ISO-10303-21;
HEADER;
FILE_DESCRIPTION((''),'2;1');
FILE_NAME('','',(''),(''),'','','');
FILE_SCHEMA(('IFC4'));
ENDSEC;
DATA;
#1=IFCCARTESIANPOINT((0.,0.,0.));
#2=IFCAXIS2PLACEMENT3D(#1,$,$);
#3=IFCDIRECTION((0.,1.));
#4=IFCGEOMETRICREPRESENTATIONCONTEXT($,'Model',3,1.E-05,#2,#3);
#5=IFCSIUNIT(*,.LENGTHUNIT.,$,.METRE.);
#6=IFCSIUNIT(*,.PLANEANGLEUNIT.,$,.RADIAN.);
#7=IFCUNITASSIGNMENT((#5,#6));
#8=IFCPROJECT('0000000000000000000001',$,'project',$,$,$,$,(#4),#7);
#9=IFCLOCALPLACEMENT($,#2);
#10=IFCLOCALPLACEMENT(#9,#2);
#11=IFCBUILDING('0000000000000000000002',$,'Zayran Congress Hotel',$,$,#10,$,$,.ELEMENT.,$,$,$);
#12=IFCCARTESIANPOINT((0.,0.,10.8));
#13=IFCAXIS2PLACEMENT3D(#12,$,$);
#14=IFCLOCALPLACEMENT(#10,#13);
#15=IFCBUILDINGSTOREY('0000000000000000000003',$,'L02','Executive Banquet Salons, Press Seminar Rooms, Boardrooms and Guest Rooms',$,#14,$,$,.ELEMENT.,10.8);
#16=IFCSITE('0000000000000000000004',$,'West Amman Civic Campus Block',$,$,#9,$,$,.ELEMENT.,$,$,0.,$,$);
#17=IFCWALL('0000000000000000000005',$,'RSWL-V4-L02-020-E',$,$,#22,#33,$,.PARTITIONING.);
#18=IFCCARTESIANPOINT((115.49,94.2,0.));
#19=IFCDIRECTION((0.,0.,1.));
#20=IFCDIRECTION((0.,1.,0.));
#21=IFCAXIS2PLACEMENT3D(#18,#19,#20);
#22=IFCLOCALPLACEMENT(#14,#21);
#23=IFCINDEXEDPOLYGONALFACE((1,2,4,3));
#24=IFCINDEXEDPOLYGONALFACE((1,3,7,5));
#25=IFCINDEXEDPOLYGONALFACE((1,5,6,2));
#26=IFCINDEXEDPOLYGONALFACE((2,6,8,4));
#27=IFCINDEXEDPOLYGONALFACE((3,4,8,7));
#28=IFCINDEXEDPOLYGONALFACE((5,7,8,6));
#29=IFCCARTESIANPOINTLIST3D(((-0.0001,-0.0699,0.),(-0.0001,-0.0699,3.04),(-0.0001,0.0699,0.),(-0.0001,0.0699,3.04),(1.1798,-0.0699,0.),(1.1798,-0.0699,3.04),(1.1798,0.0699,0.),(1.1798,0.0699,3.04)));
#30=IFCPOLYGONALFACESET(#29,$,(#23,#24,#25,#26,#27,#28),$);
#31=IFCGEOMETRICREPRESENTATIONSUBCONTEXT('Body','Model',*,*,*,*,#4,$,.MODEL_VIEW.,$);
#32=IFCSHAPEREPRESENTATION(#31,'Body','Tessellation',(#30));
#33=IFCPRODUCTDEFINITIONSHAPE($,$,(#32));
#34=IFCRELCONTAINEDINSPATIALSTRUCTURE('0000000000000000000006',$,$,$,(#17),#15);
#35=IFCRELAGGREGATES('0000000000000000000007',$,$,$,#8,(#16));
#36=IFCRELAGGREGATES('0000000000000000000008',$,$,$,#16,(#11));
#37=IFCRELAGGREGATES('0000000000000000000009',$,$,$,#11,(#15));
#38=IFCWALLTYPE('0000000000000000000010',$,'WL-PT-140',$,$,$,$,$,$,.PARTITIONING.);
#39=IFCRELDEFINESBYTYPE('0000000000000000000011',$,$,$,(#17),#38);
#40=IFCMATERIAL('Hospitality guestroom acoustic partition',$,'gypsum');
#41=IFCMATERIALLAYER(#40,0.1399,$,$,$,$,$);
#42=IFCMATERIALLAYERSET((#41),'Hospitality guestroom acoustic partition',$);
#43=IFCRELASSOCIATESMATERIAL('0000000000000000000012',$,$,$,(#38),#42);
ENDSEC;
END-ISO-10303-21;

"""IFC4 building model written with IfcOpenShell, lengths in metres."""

from ifc_helpers import new_model, si_unit, direction, frame, frame_2d, origin, place, context, subcontext, project, spatial, rectangle, extrude, material, layer, layer_set, type_object, element, save


model = new_model("IFC4")

# Units and contexts
model_context = context("Model", 3, precision=1e-05, world=origin(), true_north=direction((0.0, 1.0)))
body_context = subcontext(model_context, "Body", "Model", "MODEL_VIEW")
ifc_project = project(units=[si_unit("LENGTHUNIT", "METRE"), si_unit("PLANEANGLEUNIT", "RADIAN")], contexts=[model_context])

# Site, building, storey
site_placement = place(None, origin())
site = spatial("IfcSite", under=ifc_project, at=site_placement, Name="West Amman Civic Campus Block", CompositionType="ELEMENT", RefElevation=0.0)
building_placement = place(site_placement, origin())
building = spatial("IfcBuilding", under=site, at=building_placement, Name="Zayran Congress Hotel", CompositionType="ELEMENT")
storey_placement = place(building_placement, frame((0.0, 0.0, 10.8)))
storey = spatial("IfcBuildingStorey", under=building, at=storey_placement, Name="L02", Description="Executive Banquet Salons, Press Seminar Rooms, Boardrooms and Guest Rooms", CompositionType="ELEMENT", Elevation=10.8)

# Wall
ifc_material_1 = material(Name="Hospitality guestroom acoustic partition", Category="gypsum")
ifc_layer_1 = layer(ifc_material_1, 0.1399)
ifc_layer_set_1 = layer_set([ifc_layer_1], Name="Hospitality guestroom acoustic partition")
wall_type_1 = type_object("IfcWallType", Name="WL-PT-140", PredefinedType="PARTITIONING", material=ifc_layer_set_1)
for number, where, z_axis, x_axis, name in (
    (1, (115.49, 94.2, 0.0), (0.0, 0.0, 1.0), (0.0, 1.0, 0.0), "RSWL-V4-L02-020-E"),
):
    element("IfcWall", number, at=place(storey_placement, frame(where, z_axis=z_axis, x_axis=x_axis)), inside=storey, type_object=wall_type_1, Name=name, PredefinedType="PARTITIONING", context=body_context, shape_type="SweptSolid", body=[
        extrude(rectangle(XDim=1.1799, YDim=0.1399, at=frame_2d((0.5898, 0.0))), origin(), (0.0, 0.0, 1.0), 3.04),
    ])

save(model, "model.ifc")
